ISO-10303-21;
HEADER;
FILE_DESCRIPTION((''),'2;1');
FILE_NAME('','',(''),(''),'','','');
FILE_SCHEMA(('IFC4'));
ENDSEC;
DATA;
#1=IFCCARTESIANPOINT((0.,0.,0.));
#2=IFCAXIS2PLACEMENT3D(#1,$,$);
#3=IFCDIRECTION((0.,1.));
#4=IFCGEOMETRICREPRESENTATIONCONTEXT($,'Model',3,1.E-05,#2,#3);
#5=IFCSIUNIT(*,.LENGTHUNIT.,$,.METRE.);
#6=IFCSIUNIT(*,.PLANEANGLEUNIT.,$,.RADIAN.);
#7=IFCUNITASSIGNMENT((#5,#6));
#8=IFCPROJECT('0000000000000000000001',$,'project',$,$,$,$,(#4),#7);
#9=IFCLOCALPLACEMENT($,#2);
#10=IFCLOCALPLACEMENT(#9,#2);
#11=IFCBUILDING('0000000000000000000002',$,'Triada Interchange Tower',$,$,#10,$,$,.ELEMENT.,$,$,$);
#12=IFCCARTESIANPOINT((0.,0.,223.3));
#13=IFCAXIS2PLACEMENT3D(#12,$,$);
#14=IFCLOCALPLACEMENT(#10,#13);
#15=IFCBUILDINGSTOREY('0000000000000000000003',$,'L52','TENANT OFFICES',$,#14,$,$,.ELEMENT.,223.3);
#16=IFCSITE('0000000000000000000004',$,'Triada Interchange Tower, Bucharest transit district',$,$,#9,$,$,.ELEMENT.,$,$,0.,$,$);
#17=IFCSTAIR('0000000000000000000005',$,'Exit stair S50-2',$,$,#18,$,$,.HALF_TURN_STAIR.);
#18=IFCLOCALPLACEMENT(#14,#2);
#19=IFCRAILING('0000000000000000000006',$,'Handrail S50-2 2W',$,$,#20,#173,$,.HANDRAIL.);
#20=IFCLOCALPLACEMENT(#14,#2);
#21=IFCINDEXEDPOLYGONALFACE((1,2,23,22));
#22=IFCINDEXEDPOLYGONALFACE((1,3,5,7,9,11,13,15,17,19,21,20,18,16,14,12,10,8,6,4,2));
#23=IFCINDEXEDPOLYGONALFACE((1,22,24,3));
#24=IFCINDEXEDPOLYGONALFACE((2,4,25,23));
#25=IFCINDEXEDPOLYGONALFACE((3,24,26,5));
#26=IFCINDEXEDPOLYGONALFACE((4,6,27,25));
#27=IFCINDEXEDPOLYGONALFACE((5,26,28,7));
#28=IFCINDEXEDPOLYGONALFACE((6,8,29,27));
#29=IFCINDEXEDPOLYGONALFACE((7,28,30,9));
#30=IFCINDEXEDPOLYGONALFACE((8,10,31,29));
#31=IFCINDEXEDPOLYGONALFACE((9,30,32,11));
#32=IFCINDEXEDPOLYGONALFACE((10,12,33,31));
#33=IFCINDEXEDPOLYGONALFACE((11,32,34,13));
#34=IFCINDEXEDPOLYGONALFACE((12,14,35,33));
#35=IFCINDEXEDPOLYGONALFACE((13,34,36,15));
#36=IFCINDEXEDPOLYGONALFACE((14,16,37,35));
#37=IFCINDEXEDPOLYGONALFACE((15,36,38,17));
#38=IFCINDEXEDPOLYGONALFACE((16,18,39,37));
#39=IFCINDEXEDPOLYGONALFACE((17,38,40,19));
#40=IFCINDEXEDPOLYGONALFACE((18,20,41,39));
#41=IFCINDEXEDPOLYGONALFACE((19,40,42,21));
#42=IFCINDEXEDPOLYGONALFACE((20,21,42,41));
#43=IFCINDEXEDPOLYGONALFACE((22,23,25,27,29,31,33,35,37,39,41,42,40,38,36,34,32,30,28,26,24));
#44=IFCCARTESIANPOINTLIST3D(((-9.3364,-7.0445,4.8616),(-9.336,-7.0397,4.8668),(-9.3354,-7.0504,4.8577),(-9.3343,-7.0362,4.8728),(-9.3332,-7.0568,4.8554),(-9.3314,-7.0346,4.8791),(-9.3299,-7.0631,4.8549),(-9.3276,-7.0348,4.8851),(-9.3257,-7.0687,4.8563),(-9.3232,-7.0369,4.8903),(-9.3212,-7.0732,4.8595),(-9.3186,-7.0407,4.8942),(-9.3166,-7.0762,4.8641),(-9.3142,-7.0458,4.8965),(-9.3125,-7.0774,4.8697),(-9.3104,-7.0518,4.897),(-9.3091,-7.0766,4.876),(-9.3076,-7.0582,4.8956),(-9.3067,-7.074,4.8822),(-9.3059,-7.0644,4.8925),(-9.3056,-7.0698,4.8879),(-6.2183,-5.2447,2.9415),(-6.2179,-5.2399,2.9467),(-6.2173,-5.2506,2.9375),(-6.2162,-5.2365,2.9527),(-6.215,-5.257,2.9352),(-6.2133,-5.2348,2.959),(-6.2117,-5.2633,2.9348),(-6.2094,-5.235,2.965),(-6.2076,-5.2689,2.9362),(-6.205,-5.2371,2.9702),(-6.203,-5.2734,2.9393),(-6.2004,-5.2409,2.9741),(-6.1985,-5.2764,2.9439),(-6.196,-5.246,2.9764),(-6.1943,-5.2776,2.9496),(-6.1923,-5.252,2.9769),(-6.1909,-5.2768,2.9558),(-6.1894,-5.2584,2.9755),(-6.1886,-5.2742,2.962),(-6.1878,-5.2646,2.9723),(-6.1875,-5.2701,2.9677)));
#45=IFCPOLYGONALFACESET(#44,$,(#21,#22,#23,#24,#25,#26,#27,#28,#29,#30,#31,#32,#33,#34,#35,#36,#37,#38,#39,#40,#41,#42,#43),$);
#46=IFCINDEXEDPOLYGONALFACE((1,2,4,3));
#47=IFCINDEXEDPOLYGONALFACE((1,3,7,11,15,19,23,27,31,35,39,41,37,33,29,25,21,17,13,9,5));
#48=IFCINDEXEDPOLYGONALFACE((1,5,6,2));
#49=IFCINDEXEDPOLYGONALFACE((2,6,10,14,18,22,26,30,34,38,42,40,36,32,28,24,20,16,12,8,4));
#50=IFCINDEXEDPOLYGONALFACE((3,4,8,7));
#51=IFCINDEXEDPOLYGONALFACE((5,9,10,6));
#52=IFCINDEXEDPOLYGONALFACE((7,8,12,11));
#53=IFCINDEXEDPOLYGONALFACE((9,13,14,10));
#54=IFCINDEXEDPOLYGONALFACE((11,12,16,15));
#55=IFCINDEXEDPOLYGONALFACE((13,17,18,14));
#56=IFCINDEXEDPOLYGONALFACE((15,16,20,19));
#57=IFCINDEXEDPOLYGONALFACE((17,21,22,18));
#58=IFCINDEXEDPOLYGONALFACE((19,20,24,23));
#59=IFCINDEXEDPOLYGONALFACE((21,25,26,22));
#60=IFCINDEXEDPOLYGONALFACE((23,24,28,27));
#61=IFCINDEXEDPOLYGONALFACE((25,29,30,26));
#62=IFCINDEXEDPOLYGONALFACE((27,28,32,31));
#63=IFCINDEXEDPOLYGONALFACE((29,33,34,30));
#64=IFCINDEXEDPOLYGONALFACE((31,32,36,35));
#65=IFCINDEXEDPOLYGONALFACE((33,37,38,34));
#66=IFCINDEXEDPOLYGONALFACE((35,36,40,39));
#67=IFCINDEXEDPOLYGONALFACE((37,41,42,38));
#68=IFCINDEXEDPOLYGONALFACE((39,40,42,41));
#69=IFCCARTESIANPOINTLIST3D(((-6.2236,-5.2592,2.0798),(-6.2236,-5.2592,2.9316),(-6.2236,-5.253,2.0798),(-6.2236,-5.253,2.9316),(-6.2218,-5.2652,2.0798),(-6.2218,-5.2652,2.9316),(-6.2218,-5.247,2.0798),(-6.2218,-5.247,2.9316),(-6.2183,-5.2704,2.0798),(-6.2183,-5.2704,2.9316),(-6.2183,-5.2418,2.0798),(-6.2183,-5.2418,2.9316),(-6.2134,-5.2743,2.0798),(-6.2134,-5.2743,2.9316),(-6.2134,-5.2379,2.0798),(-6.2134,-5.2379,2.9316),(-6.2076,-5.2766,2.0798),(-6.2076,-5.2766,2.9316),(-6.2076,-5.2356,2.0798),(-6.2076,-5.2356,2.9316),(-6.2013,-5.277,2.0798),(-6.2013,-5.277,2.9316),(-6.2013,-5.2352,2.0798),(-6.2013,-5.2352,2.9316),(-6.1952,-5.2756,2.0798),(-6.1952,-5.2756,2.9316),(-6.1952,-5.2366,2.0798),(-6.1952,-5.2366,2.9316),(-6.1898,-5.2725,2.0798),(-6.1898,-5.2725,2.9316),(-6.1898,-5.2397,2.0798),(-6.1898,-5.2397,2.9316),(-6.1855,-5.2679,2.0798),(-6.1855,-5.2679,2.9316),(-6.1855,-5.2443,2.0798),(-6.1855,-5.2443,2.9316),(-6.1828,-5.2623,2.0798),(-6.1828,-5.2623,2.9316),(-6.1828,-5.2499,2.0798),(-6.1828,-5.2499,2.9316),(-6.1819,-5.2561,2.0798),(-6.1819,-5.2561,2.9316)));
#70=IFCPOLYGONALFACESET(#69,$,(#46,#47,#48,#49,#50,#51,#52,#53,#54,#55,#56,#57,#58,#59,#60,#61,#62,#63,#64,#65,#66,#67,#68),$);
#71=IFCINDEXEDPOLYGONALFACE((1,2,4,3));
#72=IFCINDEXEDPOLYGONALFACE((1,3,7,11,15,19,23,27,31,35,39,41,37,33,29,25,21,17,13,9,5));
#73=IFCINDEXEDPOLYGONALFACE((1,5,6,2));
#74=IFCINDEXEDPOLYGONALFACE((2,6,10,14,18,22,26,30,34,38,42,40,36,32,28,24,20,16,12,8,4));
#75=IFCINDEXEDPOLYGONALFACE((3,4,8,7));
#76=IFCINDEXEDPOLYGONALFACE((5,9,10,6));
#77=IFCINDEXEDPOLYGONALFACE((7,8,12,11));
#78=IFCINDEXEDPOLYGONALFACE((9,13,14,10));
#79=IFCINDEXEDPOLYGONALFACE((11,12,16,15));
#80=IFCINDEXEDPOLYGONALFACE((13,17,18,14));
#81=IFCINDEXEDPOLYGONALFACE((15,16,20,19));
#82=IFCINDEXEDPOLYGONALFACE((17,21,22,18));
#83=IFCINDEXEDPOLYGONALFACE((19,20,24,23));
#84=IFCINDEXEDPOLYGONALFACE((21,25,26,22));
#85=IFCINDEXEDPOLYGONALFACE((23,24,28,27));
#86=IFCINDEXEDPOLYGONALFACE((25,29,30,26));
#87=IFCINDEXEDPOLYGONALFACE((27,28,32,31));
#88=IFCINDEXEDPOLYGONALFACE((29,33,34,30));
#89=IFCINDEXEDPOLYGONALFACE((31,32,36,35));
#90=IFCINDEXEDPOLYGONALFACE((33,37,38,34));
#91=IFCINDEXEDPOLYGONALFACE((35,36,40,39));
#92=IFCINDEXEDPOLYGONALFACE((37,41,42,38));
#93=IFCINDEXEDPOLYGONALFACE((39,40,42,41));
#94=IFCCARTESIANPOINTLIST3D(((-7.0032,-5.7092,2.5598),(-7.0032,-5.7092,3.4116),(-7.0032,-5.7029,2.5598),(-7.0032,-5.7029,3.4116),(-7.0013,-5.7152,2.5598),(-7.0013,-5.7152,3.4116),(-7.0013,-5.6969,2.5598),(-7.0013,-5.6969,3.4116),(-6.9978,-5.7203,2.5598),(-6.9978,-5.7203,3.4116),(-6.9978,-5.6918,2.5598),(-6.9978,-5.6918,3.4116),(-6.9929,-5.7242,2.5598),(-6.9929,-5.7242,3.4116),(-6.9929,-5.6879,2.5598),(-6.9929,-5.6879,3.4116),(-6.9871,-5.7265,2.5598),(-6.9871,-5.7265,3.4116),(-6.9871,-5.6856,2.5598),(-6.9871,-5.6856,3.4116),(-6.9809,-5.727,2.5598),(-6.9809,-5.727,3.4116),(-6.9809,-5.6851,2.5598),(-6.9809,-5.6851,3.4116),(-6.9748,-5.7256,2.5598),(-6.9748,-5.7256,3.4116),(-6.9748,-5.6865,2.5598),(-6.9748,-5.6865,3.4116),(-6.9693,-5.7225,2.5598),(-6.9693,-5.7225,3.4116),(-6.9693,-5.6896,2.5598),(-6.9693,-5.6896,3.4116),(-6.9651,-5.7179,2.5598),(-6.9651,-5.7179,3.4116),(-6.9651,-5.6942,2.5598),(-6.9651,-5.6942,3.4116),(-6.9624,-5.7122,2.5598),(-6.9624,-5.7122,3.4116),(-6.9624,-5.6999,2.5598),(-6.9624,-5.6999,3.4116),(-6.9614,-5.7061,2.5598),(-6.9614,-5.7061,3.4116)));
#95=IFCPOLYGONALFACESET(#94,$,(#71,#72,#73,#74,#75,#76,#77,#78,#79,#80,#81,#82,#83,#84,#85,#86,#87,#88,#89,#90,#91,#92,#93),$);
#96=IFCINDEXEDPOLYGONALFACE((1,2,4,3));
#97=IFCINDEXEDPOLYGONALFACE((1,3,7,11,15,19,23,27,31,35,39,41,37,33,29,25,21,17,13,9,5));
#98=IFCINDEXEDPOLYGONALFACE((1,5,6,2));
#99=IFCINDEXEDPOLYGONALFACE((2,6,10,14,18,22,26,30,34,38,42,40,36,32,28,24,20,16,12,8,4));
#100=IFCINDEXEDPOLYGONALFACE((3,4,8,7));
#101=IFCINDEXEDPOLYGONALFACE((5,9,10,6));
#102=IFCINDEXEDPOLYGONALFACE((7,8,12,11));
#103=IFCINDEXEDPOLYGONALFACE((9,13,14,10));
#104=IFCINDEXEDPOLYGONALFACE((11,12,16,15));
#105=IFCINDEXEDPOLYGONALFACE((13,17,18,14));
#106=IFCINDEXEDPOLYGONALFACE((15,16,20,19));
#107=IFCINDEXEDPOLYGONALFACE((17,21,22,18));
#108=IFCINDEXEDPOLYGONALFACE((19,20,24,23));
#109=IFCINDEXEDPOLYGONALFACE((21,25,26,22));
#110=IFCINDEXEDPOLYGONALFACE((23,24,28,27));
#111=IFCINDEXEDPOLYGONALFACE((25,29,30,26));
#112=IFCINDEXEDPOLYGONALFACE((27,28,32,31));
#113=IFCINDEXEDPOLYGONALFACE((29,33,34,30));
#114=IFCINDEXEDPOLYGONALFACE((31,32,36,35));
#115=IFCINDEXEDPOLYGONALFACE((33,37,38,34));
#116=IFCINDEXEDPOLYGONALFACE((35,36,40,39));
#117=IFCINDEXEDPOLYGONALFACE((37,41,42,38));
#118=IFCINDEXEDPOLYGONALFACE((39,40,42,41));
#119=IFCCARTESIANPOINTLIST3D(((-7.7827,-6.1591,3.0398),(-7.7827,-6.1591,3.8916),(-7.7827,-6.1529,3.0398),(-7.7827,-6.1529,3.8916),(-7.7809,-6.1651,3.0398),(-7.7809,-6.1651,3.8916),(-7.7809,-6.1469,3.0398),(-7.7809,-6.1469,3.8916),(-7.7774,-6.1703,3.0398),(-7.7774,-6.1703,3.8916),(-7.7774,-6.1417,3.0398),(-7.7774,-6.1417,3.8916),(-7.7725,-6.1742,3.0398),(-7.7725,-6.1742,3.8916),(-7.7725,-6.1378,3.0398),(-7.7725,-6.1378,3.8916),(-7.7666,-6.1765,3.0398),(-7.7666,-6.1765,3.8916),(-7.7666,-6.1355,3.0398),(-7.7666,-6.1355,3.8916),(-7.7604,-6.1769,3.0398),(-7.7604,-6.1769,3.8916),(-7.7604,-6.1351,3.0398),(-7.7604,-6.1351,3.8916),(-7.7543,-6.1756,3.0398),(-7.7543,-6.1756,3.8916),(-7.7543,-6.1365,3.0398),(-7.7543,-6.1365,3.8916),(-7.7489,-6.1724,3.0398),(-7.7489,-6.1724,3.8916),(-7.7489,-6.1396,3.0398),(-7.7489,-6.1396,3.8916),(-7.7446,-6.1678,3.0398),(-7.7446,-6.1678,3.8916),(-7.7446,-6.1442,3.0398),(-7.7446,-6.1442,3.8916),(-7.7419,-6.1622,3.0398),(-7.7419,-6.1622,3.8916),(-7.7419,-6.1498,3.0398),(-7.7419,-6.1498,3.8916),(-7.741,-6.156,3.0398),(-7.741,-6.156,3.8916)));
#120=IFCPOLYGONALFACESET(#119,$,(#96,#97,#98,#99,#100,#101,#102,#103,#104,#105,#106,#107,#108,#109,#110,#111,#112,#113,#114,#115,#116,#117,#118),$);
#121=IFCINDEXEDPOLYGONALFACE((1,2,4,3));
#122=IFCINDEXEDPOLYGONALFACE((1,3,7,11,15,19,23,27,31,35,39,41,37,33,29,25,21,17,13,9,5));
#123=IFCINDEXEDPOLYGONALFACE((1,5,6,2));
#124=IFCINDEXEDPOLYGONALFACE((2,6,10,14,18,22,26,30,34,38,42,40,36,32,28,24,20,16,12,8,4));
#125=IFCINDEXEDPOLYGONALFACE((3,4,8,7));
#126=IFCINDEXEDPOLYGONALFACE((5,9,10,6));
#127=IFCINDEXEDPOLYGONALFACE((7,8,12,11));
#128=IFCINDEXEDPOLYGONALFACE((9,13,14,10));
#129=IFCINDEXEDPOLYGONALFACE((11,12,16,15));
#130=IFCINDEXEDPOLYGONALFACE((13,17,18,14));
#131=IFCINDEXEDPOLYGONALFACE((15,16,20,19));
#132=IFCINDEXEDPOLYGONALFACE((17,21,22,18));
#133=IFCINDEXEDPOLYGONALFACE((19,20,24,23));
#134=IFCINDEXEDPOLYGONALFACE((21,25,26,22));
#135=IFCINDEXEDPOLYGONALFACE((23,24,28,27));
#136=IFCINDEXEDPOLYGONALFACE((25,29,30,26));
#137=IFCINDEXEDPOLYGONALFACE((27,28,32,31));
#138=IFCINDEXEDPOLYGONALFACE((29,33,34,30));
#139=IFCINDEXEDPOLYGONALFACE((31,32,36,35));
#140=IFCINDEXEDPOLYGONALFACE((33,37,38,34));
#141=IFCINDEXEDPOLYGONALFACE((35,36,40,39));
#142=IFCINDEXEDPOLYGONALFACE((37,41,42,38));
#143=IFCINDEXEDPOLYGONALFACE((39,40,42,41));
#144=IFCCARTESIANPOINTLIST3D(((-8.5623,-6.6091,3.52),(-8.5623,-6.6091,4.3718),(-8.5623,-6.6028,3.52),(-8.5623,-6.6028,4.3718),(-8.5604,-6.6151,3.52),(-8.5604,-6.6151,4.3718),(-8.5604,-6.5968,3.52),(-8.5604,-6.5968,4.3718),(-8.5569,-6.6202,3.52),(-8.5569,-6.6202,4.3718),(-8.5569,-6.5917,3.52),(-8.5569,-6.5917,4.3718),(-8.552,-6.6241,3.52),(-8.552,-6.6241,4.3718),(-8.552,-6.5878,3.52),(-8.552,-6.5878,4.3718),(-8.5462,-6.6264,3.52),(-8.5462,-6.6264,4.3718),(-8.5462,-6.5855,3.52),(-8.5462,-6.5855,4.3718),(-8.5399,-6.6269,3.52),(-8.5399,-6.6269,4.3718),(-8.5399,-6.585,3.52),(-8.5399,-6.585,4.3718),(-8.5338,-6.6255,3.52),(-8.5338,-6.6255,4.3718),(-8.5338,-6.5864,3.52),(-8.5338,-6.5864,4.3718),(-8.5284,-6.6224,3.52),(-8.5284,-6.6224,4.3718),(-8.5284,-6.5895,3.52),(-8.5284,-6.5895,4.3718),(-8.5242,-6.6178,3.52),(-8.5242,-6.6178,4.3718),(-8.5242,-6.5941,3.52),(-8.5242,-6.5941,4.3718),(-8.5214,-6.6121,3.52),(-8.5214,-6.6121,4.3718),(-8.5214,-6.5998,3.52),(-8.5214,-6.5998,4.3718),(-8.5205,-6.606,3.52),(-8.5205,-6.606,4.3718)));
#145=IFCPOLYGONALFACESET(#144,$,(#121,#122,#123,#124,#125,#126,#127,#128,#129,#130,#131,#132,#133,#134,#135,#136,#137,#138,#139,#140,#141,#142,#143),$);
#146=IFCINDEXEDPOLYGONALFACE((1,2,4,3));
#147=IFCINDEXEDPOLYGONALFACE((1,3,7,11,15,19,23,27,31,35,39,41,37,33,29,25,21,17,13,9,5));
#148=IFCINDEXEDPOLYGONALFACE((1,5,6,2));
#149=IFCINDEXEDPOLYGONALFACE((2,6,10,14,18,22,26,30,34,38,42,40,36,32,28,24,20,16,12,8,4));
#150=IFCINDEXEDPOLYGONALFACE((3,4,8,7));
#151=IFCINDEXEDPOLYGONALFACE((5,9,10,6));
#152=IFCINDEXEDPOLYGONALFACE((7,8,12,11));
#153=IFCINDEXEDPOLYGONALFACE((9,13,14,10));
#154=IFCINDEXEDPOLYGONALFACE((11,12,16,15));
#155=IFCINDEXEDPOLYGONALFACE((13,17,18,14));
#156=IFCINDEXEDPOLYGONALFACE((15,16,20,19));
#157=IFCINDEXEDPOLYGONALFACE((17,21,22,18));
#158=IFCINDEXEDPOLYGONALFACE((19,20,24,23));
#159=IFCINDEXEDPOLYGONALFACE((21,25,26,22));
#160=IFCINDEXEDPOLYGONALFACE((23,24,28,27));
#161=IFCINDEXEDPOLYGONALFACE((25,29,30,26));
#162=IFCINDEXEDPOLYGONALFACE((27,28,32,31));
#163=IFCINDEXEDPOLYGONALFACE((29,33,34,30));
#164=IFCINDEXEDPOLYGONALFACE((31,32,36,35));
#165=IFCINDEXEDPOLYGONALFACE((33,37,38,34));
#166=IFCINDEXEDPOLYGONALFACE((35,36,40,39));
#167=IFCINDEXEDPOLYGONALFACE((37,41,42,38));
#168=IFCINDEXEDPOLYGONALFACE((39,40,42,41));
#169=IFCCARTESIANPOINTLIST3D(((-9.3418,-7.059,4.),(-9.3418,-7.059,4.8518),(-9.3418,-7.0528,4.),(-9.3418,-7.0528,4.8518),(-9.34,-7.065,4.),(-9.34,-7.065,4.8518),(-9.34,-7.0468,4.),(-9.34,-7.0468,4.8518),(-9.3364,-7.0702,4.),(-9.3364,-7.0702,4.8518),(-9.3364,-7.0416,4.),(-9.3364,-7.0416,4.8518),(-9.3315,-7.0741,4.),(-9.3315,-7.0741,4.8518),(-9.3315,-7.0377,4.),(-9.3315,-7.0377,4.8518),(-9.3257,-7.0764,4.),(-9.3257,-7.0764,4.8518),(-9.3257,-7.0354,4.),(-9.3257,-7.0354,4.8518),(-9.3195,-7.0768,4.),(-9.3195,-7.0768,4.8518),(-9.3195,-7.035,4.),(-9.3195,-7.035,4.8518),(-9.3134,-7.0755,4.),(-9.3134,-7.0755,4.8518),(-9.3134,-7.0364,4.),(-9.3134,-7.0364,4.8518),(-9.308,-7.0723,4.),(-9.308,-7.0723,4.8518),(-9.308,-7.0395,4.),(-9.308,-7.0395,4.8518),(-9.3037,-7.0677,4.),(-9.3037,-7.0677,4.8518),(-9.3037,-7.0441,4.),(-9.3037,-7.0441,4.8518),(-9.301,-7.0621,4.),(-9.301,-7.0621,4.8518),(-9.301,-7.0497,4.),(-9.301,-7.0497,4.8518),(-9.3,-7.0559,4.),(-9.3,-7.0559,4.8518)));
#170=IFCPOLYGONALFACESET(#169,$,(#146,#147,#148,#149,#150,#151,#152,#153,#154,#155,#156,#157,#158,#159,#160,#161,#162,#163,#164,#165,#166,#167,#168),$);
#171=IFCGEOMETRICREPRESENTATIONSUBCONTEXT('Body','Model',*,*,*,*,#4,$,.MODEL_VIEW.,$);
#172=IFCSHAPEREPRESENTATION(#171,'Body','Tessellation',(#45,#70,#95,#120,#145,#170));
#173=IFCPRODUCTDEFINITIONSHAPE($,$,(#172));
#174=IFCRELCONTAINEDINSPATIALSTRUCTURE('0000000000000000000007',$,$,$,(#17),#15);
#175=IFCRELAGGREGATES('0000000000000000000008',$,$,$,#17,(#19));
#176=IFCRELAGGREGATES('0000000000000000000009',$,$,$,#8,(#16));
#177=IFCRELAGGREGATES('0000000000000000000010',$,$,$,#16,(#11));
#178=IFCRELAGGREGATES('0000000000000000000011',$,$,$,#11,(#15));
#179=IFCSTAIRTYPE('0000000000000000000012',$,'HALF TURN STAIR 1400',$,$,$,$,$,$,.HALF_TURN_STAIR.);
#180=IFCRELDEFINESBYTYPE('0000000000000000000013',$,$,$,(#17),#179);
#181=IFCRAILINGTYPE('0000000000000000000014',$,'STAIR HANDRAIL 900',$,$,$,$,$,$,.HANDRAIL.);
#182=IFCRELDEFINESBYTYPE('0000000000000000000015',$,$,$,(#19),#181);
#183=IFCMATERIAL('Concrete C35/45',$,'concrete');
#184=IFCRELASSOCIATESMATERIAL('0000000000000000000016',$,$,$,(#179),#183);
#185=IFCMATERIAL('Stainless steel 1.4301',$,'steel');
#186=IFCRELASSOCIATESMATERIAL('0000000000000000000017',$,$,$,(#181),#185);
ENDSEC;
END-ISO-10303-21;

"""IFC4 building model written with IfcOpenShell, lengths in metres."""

from ifc_helpers import new_model, si_unit, direction, frame, origin, origin_2d, place, context, subcontext, project, spatial, circle, extrude, material, type_object, element, aggregate, save


model = new_model("IFC4")

# Units and contexts
model_context = context("Model", 3, precision=1e-05, world=origin(), true_north=direction((0.0, 1.0)))
body_context = subcontext(model_context, "Body", "Model", "MODEL_VIEW")
ifc_project = project(units=[si_unit("LENGTHUNIT", "METRE"), si_unit("PLANEANGLEUNIT", "RADIAN")], contexts=[model_context])

# Site, building, storey
site_placement = place(None, origin())
site = spatial("IfcSite", under=ifc_project, at=site_placement, Name="Triada Interchange Tower, Bucharest transit district", CompositionType="ELEMENT", RefElevation=0.0)
building_placement = place(site_placement, origin())
building = spatial("IfcBuilding", under=site, at=building_placement, Name="Triada Interchange Tower", CompositionType="ELEMENT")
storey_placement = place(building_placement, frame((0.0, 0.0, 223.3)))
storey = spatial("IfcBuildingStorey", under=building, at=storey_placement, Name="L52", Description="TENANT OFFICES", CompositionType="ELEMENT", Elevation=223.3)

# Stair, railing
ifc_material_1 = material(Name="Concrete C35/45", Category="concrete")
stair_type = type_object("IfcStairType", Name="HALF TURN STAIR 1400", PredefinedType="HALF_TURN_STAIR", material=ifc_material_1)
stair_placement = place(storey_placement, origin())
stair = element("IfcStair", 1, at=stair_placement, inside=storey, type_object=stair_type, Name="Exit stair S50-2", PredefinedType="HALF_TURN_STAIR")
ifc_material_2 = material(Name="Stainless steel 1.4301", Category="steel")
railing_type = type_object("IfcRailingType", Name="STAIR HANDRAIL 900", PredefinedType="HANDRAIL", material=ifc_material_2)
railing_1_placement = place(storey_placement, frame((-6.2029, -5.2561, 2.0798)))
railing_1 = element("IfcRailing", 2, at=railing_1_placement, type_object=railing_type, Name="Handrail S50-2 2W", PredefinedType="HANDRAIL", context=body_context, shape_type="SweptSolid", body=[
    extrude(circle(Radius=0.0239, at=origin_2d()), frame((0.0, 0.0, 0.876), z_axis=(-0.76419, -0.44109, 0.470588), x_axis=(0.499902, -0.866082, 0.0)), (0.0, 0.0, 1.0), 4.0803),
    extrude(circle(Radius=0.021, at=origin_2d()), origin(), (0.0, 0.0, 1.0), 0.8518),
    extrude(circle(Radius=0.021, at=origin_2d()), frame((-0.7795, -0.45, 0.48)), (0.0, 0.0, 1.0), 0.8518),
    extrude(circle(Radius=0.021, at=origin_2d()), frame((-1.5591, -0.8999, 0.96)), (0.0, 0.0, 1.0), 0.8518),
    extrude(circle(Radius=0.021, at=origin_2d()), frame((-2.3386, -1.3499, 1.4402)), (0.0, 0.0, 1.0), 0.8518),
    extrude(circle(Radius=0.021, at=origin_2d()), frame((-3.1182, -1.7998, 1.9202)), (0.0, 0.0, 1.0), 0.8518),
])
aggregate(stair, [railing_1])

save(model, "model.ifc")
